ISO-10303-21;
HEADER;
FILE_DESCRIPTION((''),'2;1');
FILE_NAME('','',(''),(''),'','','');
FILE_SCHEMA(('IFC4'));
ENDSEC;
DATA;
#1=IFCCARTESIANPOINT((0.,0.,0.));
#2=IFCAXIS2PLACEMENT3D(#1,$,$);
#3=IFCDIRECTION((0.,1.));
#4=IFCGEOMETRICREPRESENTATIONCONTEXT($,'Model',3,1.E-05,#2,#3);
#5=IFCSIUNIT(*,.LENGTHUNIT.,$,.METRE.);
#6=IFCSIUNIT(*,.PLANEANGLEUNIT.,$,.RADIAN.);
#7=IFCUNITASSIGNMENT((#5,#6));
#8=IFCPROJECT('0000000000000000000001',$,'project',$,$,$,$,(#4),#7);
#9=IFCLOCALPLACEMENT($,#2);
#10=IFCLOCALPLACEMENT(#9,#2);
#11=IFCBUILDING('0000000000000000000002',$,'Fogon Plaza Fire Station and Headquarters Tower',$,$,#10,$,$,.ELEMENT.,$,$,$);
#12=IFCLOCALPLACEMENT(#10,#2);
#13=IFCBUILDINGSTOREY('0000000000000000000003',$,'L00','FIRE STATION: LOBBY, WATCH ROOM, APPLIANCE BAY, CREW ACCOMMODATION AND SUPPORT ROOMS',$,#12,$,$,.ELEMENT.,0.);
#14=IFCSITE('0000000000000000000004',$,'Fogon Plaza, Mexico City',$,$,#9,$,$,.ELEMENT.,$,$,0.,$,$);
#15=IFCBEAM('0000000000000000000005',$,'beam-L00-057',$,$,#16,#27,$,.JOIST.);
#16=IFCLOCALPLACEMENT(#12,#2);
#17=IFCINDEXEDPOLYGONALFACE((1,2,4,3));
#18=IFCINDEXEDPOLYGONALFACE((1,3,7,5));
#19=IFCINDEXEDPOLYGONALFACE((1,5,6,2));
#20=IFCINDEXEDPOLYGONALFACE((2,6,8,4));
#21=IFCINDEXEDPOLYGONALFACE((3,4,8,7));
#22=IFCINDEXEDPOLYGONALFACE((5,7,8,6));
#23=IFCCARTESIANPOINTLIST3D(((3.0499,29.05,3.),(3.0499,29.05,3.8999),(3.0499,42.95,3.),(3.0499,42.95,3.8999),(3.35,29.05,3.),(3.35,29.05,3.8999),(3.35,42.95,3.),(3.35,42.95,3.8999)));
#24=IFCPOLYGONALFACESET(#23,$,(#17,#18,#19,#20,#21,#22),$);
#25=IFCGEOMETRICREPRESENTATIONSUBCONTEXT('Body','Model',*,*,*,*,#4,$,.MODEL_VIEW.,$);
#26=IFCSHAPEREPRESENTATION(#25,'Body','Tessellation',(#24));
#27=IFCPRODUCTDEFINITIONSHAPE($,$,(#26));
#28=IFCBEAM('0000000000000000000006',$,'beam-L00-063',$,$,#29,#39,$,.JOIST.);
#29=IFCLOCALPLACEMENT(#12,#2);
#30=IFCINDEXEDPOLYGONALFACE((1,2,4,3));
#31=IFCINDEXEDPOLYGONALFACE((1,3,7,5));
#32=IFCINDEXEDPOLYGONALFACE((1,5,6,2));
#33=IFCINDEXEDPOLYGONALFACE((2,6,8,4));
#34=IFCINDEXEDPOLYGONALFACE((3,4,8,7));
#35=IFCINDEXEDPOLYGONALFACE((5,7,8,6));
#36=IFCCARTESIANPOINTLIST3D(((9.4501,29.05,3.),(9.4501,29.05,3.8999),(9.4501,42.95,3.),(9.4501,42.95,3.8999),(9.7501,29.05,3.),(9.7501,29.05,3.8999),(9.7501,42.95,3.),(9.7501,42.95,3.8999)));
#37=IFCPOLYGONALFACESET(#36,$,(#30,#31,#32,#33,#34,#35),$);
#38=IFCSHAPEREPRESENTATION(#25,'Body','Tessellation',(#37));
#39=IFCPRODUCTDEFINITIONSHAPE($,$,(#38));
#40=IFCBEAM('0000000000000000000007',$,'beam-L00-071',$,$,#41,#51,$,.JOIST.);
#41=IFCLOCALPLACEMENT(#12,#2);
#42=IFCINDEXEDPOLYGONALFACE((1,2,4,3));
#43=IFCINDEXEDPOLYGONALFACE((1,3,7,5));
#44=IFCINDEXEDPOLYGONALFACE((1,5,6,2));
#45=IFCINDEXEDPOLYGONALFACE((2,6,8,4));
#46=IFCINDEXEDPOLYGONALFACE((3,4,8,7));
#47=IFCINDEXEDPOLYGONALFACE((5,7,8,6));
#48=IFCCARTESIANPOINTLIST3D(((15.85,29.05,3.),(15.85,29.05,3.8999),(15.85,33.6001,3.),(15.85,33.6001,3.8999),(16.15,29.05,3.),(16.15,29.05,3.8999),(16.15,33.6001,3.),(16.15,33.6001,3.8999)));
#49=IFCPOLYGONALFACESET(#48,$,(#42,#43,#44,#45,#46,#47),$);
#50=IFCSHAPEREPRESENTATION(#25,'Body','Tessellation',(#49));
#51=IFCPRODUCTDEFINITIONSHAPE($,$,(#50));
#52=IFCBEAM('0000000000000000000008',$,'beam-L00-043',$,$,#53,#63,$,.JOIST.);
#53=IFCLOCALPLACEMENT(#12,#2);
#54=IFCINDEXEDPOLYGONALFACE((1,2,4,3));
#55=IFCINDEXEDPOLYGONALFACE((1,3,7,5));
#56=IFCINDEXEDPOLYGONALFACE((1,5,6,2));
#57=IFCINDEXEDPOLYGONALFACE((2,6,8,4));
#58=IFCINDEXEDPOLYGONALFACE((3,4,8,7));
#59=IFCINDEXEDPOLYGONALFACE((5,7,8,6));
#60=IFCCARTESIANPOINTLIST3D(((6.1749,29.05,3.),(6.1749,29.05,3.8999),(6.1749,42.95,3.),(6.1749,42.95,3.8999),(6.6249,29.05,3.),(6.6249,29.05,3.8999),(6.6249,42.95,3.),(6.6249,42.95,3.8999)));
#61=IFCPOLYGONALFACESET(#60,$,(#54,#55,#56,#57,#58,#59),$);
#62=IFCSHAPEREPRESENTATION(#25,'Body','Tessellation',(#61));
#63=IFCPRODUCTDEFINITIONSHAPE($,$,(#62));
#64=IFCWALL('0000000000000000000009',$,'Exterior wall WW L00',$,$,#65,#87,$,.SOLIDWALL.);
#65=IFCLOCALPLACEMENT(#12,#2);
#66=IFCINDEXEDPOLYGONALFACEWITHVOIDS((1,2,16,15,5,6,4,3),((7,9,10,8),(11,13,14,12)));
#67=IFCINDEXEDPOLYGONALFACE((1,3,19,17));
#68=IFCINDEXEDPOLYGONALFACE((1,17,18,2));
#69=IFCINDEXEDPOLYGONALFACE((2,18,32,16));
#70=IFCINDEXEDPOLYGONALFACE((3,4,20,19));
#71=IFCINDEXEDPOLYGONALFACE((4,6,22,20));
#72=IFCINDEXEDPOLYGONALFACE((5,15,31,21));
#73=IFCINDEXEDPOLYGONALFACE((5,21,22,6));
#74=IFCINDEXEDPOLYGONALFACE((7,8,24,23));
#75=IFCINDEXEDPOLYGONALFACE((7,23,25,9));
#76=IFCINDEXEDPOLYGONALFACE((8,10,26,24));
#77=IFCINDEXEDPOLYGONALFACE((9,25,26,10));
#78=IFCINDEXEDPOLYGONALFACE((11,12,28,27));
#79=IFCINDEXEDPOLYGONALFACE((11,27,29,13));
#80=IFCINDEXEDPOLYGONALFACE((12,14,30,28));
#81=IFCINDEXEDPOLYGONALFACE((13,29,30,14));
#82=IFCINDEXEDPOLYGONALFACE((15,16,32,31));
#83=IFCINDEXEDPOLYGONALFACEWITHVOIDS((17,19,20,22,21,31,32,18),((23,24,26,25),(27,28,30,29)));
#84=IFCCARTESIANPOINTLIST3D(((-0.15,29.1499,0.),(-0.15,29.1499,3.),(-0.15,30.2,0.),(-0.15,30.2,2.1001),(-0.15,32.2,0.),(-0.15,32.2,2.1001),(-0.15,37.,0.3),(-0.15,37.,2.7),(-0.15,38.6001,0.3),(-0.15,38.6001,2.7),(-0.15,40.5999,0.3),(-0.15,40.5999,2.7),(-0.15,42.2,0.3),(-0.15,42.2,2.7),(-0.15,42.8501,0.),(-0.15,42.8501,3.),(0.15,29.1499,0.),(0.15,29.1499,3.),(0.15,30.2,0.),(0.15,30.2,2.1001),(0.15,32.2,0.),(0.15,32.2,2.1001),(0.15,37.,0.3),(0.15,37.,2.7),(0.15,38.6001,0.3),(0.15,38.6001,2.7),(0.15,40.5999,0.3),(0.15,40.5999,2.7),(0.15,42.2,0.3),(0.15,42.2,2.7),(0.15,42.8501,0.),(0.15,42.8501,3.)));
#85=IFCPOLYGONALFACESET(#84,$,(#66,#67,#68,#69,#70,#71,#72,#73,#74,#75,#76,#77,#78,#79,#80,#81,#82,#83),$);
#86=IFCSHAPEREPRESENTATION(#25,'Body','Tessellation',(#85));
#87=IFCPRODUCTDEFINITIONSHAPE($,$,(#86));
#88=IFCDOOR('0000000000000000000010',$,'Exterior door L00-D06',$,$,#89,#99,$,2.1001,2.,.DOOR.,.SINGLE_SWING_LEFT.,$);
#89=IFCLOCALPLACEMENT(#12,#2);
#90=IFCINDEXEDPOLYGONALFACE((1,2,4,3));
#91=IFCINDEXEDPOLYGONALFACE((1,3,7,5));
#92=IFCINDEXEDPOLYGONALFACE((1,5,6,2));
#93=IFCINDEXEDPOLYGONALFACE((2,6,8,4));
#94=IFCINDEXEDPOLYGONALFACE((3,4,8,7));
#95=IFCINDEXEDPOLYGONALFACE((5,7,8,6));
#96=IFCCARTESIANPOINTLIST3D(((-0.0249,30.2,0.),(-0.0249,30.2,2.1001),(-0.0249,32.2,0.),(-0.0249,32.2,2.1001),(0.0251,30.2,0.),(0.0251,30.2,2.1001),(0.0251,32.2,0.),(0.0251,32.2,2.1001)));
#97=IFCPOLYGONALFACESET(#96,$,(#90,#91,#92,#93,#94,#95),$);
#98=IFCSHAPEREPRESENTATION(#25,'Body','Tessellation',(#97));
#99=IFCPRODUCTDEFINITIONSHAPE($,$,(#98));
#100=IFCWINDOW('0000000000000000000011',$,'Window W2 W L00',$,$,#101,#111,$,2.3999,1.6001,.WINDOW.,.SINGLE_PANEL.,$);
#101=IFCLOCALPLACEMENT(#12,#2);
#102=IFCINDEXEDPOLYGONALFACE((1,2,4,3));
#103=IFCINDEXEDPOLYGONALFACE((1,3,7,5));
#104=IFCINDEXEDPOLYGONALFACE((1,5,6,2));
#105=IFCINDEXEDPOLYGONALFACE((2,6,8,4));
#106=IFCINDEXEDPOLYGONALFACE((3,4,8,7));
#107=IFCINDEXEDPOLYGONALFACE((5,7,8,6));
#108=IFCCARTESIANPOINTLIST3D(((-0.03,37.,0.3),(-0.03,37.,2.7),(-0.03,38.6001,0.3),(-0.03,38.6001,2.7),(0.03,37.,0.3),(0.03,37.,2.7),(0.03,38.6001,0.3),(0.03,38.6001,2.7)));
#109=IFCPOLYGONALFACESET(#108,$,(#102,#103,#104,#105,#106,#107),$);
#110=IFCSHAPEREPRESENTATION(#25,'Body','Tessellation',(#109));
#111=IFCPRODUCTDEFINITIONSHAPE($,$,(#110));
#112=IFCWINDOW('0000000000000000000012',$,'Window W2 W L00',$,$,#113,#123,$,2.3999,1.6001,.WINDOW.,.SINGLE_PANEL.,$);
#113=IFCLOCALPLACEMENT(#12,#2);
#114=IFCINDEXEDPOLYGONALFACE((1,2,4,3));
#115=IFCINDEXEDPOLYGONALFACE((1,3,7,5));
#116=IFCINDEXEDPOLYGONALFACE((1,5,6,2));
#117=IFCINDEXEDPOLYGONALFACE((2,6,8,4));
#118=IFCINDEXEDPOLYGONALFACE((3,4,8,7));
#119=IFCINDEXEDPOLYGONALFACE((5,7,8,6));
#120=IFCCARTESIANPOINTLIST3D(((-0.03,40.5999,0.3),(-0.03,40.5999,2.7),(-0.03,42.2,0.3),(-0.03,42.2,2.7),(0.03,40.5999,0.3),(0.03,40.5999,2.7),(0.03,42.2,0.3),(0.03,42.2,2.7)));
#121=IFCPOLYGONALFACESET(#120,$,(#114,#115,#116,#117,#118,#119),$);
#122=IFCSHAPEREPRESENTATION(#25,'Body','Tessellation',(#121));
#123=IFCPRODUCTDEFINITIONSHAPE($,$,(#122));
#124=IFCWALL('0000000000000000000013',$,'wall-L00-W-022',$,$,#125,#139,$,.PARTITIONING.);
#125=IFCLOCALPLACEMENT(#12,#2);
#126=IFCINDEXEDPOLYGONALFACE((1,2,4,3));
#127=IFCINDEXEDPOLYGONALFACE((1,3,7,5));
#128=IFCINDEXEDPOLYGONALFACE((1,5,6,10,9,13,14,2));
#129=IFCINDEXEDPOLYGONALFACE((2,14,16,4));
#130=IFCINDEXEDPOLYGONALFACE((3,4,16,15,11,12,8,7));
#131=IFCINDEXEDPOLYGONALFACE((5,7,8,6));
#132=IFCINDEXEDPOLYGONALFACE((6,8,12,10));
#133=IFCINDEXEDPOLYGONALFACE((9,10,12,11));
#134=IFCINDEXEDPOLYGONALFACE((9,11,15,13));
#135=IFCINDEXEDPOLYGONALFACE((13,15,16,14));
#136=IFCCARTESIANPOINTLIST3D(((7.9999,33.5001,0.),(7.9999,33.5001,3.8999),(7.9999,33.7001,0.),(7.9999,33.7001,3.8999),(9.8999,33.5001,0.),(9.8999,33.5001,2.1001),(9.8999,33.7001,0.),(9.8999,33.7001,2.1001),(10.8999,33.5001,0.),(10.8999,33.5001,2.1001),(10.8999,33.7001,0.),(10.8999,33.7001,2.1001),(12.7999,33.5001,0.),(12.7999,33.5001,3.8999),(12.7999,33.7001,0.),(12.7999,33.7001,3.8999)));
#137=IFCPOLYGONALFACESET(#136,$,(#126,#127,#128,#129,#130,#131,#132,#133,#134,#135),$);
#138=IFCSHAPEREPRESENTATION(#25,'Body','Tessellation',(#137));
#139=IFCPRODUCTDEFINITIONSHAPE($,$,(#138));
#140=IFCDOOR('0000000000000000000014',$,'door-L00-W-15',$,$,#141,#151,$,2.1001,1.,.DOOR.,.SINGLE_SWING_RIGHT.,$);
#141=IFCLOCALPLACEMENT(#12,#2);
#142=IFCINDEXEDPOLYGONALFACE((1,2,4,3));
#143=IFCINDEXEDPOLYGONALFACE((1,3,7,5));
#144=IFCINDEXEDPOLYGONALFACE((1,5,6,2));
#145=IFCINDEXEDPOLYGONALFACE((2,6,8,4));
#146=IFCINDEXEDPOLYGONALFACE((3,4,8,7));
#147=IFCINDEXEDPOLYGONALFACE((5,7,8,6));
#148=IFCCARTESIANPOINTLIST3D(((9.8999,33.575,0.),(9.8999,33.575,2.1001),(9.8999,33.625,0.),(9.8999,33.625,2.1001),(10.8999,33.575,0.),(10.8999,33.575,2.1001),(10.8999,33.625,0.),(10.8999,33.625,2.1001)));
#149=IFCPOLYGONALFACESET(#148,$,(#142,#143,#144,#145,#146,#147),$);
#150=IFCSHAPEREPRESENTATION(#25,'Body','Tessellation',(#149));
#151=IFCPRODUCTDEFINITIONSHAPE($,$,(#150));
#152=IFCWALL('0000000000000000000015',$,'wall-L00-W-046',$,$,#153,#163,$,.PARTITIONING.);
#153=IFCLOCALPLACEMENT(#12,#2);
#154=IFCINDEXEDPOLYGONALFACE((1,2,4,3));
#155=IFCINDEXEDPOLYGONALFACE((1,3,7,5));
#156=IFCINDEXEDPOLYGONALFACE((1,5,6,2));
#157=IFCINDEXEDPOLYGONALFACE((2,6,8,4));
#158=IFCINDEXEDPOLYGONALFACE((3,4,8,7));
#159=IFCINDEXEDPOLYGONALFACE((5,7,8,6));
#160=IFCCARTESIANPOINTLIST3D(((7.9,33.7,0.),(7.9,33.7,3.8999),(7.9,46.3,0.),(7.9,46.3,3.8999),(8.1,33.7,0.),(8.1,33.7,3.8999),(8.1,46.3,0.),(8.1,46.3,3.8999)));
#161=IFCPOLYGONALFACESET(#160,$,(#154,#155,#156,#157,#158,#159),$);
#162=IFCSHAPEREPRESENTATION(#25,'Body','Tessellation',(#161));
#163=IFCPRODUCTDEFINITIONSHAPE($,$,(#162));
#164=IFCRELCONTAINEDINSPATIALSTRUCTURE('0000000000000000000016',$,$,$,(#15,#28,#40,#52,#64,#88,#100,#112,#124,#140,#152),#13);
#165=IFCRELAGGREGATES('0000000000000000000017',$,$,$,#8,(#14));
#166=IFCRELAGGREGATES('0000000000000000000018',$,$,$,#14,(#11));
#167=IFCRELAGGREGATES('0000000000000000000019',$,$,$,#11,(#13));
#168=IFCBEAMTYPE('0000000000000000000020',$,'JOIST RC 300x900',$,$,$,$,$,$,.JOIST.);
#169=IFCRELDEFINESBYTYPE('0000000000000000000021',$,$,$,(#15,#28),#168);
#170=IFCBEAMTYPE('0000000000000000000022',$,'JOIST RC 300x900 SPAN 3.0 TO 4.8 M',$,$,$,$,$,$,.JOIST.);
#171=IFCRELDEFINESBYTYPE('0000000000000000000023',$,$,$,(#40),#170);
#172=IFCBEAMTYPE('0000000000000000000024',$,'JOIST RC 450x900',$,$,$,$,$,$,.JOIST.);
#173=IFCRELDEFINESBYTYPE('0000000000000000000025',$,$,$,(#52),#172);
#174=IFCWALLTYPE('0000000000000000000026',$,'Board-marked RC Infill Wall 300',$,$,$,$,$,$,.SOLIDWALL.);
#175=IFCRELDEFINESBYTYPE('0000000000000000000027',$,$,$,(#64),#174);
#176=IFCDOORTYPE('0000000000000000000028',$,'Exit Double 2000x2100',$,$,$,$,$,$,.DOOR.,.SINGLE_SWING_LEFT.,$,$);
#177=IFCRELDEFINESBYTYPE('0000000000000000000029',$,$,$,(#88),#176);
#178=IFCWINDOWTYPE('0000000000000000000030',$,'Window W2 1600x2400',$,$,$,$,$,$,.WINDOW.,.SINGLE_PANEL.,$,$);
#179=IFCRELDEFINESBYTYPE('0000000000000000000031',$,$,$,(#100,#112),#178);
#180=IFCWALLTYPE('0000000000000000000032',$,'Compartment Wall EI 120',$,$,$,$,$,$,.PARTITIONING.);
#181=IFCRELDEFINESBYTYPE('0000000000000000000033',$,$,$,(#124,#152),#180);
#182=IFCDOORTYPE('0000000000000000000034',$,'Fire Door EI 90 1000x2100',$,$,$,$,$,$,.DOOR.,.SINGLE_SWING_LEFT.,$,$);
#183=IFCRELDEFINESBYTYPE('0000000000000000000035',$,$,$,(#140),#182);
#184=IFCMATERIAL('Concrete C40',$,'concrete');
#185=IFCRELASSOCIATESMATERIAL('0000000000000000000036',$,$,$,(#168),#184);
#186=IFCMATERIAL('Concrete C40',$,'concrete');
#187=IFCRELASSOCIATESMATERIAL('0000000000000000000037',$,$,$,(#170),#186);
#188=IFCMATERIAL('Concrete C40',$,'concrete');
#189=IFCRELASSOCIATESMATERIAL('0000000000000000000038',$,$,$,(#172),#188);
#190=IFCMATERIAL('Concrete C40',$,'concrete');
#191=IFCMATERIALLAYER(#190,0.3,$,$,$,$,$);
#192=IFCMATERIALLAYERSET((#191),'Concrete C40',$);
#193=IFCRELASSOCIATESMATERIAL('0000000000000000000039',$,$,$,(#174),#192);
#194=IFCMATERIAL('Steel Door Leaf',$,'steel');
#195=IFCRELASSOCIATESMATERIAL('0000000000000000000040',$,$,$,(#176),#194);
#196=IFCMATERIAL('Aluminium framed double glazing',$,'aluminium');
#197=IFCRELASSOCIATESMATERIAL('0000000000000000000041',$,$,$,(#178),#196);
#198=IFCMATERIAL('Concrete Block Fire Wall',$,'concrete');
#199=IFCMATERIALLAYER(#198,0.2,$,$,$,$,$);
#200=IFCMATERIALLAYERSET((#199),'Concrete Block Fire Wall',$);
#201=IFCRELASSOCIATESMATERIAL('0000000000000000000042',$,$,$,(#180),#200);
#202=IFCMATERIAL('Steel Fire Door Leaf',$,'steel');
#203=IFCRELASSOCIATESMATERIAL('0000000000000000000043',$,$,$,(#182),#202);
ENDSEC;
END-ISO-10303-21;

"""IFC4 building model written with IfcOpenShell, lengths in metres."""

from ifc_helpers import new_model, si_unit, direction, frame, frame_2d, origin, origin_2d, place, context, subcontext, project, spatial, rectangle, extrude, material, layer, layer_set, material_profile, profile_set, type_object, element, fill, save


model = new_model("IFC4")

# Units and contexts
model_context = context("Model", 3, precision=1e-05, world=origin(), true_north=direction((0.0, 1.0)))
body_context = subcontext(model_context, "Body", "Model", "MODEL_VIEW")
ifc_project = project(units=[si_unit("LENGTHUNIT", "METRE"), si_unit("PLANEANGLEUNIT", "RADIAN")], contexts=[model_context])

# Site, building, storey
site_placement = place(None, origin())
site = spatial("IfcSite", under=ifc_project, at=site_placement, Name="Fogon Plaza, Mexico City", CompositionType="ELEMENT", RefElevation=0.0)
building_placement = place(site_placement, origin())
building = spatial("IfcBuilding", under=site, at=building_placement, Name="Fogon Plaza Fire Station and Headquarters Tower", CompositionType="ELEMENT")
storey_placement = place(building_placement, origin())
storey = spatial("IfcBuildingStorey", under=building, at=storey_placement, Name="L00", Description="FIRE STATION: LOBBY, WATCH ROOM, APPLIANCE BAY, CREW ACCOMMODATION AND SUPPORT ROOMS", CompositionType="ELEMENT", Elevation=0.0)

# Beams
ifc_material_1 = material(Name="Concrete C40", Category="concrete")
ifc_material_profile_1 = material_profile(ifc_material_1, rectangle(XDim=0.3, YDim=0.8999, at=origin_2d()), Name="RC 300x900")
ifc_profile_set_1 = profile_set([ifc_material_profile_1], Name="Concrete C40")
beam_type_1 = type_object("IfcBeamType", Name="JOIST RC 300x900", PredefinedType="JOIST", material=ifc_profile_set_1)
for number, where, z_axis, x_axis, name in (
    (1, (3.2, 29.05, 3.45), (0.0, 1.0, 0.0), (-1.0, 0.0, 0.0), "beam-L00-057"),
    (2, (9.6001, 29.05, 3.45), (0.0, 1.0, 0.0), (-1.0, 0.0, 0.0), "beam-L00-063"),
):
    element("IfcBeam", number, at=place(storey_placement, frame(where, z_axis=z_axis, x_axis=x_axis)), inside=storey, type_object=beam_type_1, Name=name, PredefinedType="JOIST", context=body_context, shape_type="SweptSolid", body=[
        extrude(rectangle(XDim=0.3, YDim=0.8999, at=origin_2d()), origin(), (0.0, 0.0, 1.0), 13.8999),
    ])
ifc_material_2 = material(Name="Concrete C40", Category="concrete")
ifc_material_profile_2 = material_profile(ifc_material_2, rectangle(XDim=0.3, YDim=0.8999, at=origin_2d()), Name="RC 300x900")
ifc_profile_set_2 = profile_set([ifc_material_profile_2], Name="Concrete C40")
beam_type_2 = type_object("IfcBeamType", Name="JOIST RC 300x900 SPAN 3.0 TO 4.8 M", PredefinedType="JOIST", material=ifc_profile_set_2)
beam_1_placement = place(storey_placement, frame((16.0, 29.05, 3.45), z_axis=(0.0, 1.0, 0.0), x_axis=(-1.0, 0.0, 0.0)))
element("IfcBeam", 3, at=beam_1_placement, inside=storey, type_object=beam_type_2, Name="beam-L00-071", PredefinedType="JOIST", context=body_context, shape_type="SweptSolid", body=[
    extrude(rectangle(XDim=0.3, YDim=0.8999, at=origin_2d()), origin(), (0.0, 0.0, 1.0), 4.55),
])
ifc_material_3 = material(Name="Concrete C40", Category="concrete")
ifc_material_profile_3 = material_profile(ifc_material_3, rectangle(XDim=0.45, YDim=0.8999, at=origin_2d()), Name="RC 450x900")
ifc_profile_set_3 = profile_set([ifc_material_profile_3], Name="Concrete C40")
beam_type_3 = type_object("IfcBeamType", Name="JOIST RC 450x900", PredefinedType="JOIST", material=ifc_profile_set_3)
beam_2_placement = place(storey_placement, frame((6.3999, 29.05, 3.45), z_axis=(0.0, 1.0, 0.0), x_axis=(-1.0, 0.0, 0.0)))
element("IfcBeam", 4, at=beam_2_placement, inside=storey, type_object=beam_type_3, Name="beam-L00-043", PredefinedType="JOIST", context=body_context, shape_type="SweptSolid", body=[
    extrude(rectangle(XDim=0.45, YDim=0.8999, at=origin_2d()), origin(), (0.0, 0.0, 1.0), 13.8999),
])

# Wall, openings, door, windows
ifc_material_4 = material(Name="Concrete C40", Category="concrete")
ifc_layer_1 = layer(ifc_material_4, 0.3)
ifc_layer_set_1 = layer_set([ifc_layer_1], Name="Concrete C40")
wall_type_1 = type_object("IfcWallType", Name="Board-marked RC Infill Wall 300", PredefinedType="SOLIDWALL", material=ifc_layer_set_1)
wall_1_placement = place(storey_placement, frame((0.0, 29.1499, 0.0), z_axis=(0.0, 0.0, 1.0), x_axis=(0.0, 1.0, 0.0)))
wall_1 = element("IfcWall", 5, at=wall_1_placement, inside=storey, type_object=wall_type_1, Name="Exterior wall WW L00", PredefinedType="SOLIDWALL", context=body_context, shape_type="SweptSolid", body=[
    extrude(rectangle(XDim=13.7002, YDim=0.3, at=frame_2d((6.8501, 0.0))), origin(), (0.0, 0.0, 1.0), 3.0),
])
opening_1_placement = place(wall_1_placement, frame((1.05, 0.0, 0.0)))
opening_1 = element("IfcOpeningElement", 6, at=opening_1_placement, cuts=wall_1, PredefinedType="OPENING", context=body_context, shape_type="SweptSolid", body=[
    extrude(rectangle(XDim=2.0, YDim=2.1001, at=frame_2d((1.0, 1.05))), frame((0.0, 0.1599, 0.0), z_axis=(0.0, -1.0, 0.0), x_axis=(1.0, 0.0, 0.0)), (0.0, 0.0, 1.0), 0.3201),
])
opening_2_placement = place(wall_1_placement, frame((7.8501, 0.0, 0.3)))
opening_2 = element("IfcOpeningElement", 7, at=opening_2_placement, cuts=wall_1, PredefinedType="OPENING", context=body_context, shape_type="SweptSolid", body=[
    extrude(rectangle(XDim=1.6001, YDim=2.3999, at=frame_2d((0.8, 1.2))), frame((0.0, 0.1599, 0.0), z_axis=(0.0, -1.0, 0.0), x_axis=(1.0, 0.0, 0.0)), (0.0, 0.0, 1.0), 0.3201),
])
opening_3_placement = place(wall_1_placement, frame((11.45, 0.0, 0.3)))
opening_3 = element("IfcOpeningElement", 8, at=opening_3_placement, cuts=wall_1, PredefinedType="OPENING", context=body_context, shape_type="SweptSolid", body=[
    extrude(rectangle(XDim=1.6001, YDim=2.3999, at=frame_2d((0.8, 1.2))), frame((0.0, 0.1599, 0.0), z_axis=(0.0, -1.0, 0.0), x_axis=(1.0, 0.0, 0.0)), (0.0, 0.0, 1.0), 0.3201),
])
ifc_material_5 = material(Name="Steel Door Leaf", Category="steel")
door_type_1 = type_object("IfcDoorType", Name="Exit Double 2000x2100", OperationType="SINGLE_SWING_LEFT", PredefinedType="DOOR", material=ifc_material_5)
door_1_placement = place(opening_1_placement, origin())
door_1 = element("IfcDoor", 9, at=door_1_placement, inside=storey, type_object=door_type_1, Name="Exterior door L00-D06", OperationType="SINGLE_SWING_LEFT", OverallHeight=2.1001, OverallWidth=2.0, PredefinedType="DOOR", context=body_context, shape_type="SweptSolid", body=[
    extrude(rectangle(XDim=2.0, YDim=2.1001, at=frame_2d((1.0, 1.05))), frame((0.0, 0.0249, 0.0), z_axis=(0.0, -1.0, 0.0), x_axis=(1.0, 0.0, 0.0)), (0.0, 0.0, 1.0), 0.05),
])
fill(opening_1, door_1)
ifc_material_6 = material(Name="Aluminium framed double glazing", Category="aluminium")
window_type = type_object("IfcWindowType", Name="Window W2 1600x2400", PartitioningType="SINGLE_PANEL", PredefinedType="WINDOW", material=ifc_material_6)
window_1_placement = place(opening_2_placement, origin())
window_1 = element("IfcWindow", 10, at=window_1_placement, inside=storey, type_object=window_type, Name="Window W2 W L00", OverallHeight=2.3999, OverallWidth=1.6001, PartitioningType="SINGLE_PANEL", PredefinedType="WINDOW", context=body_context, shape_type="SweptSolid", body=[
    extrude(rectangle(XDim=1.6001, YDim=2.3999, at=frame_2d((0.8, 1.2))), frame((0.0, 0.03, 0.0), z_axis=(0.0, -1.0, 0.0), x_axis=(1.0, 0.0, 0.0)), (0.0, 0.0, 1.0), 0.0601),
])
fill(opening_2, window_1)
window_2_placement = place(opening_3_placement, origin())
window_2 = element("IfcWindow", 11, at=window_2_placement, inside=storey, type_object=window_type, Name="Window W2 W L00", OverallHeight=2.3999, OverallWidth=1.6001, PartitioningType="SINGLE_PANEL", PredefinedType="WINDOW", context=body_context, shape_type="SweptSolid", body=[
    extrude(rectangle(XDim=1.6001, YDim=2.3999, at=frame_2d((0.8, 1.2))), frame((0.0, 0.03, 0.0), z_axis=(0.0, -1.0, 0.0), x_axis=(1.0, 0.0, 0.0)), (0.0, 0.0, 1.0), 0.0601),
])
fill(opening_3, window_2)

# Wall, opening, door
ifc_material_7 = material(Name="Concrete Block Fire Wall", Category="concrete")
ifc_layer_2 = layer(ifc_material_7, 0.2)
ifc_layer_set_2 = layer_set([ifc_layer_2], Name="Concrete Block Fire Wall")
wall_type_2 = type_object("IfcWallType", Name="Compartment Wall EI 120", PredefinedType="PARTITIONING", material=ifc_layer_set_2)
wall_2_placement = place(storey_placement, frame((8.0, 33.6001, 0.0), z_axis=(0.0, 0.0, 1.0), x_axis=(1.0, 0.0, 0.0)))
wall_2 = element("IfcWall", 12, at=wall_2_placement, inside=storey, type_object=wall_type_2, Name="wall-L00-W-022", PredefinedType="PARTITIONING", context=body_context, shape_type="SweptSolid", body=[
    extrude(rectangle(XDim=4.8, YDim=0.2, at=frame_2d((2.3999, 0.0))), origin(), (0.0, 0.0, 1.0), 3.8999),
])
opening_4_placement = place(wall_2_placement, frame((1.8999, 0.0, 0.0)))
opening_4 = element("IfcOpeningElement", 13, at=opening_4_placement, cuts=wall_2, PredefinedType="OPENING", context=body_context, shape_type="SweptSolid", body=[
    extrude(rectangle(XDim=1.0, YDim=2.1001, at=frame_2d((0.5, 1.05))), frame((0.0, 0.1099, 0.0), z_axis=(0.0, -1.0, 0.0), x_axis=(1.0, 0.0, 0.0)), (0.0, 0.0, 1.0), 0.22),
])
ifc_material_8 = material(Name="Steel Fire Door Leaf", Category="steel")
door_type_2 = type_object("IfcDoorType", Name="Fire Door EI 90 1000x2100", OperationType="SINGLE_SWING_LEFT", PredefinedType="DOOR", material=ifc_material_8)
door_2_placement = place(opening_4_placement, origin())
door_2 = element("IfcDoor", 14, at=door_2_placement, inside=storey, type_object=door_type_2, Name="door-L00-W-15", OperationType="SINGLE_SWING_RIGHT", OverallHeight=2.1001, OverallWidth=1.0, PredefinedType="DOOR", context=body_context, shape_type="SweptSolid", body=[
    extrude(rectangle(XDim=1.0, YDim=2.1001, at=frame_2d((0.5, 1.05))), frame((0.0, 0.0249, 0.0), z_axis=(0.0, -1.0, 0.0), x_axis=(1.0, 0.0, 0.0)), (0.0, 0.0, 1.0), 0.05),
])
fill(opening_4, door_2)

# Wall
wall_3_placement = place(storey_placement, frame((8.0, 33.7, 0.0), z_axis=(0.0, 0.0, 1.0), x_axis=(0.0, 1.0, 0.0)))
element("IfcWall", 15, at=wall_3_placement, inside=storey, type_object=wall_type_2, Name="wall-L00-W-046", PredefinedType="PARTITIONING", context=body_context, shape_type="SweptSolid", body=[
    extrude(rectangle(XDim=12.6001, YDim=0.2, at=frame_2d((6.3, 0.0))), origin(), (0.0, 0.0, 1.0), 3.8999),
])

save(model, "model.ifc")
